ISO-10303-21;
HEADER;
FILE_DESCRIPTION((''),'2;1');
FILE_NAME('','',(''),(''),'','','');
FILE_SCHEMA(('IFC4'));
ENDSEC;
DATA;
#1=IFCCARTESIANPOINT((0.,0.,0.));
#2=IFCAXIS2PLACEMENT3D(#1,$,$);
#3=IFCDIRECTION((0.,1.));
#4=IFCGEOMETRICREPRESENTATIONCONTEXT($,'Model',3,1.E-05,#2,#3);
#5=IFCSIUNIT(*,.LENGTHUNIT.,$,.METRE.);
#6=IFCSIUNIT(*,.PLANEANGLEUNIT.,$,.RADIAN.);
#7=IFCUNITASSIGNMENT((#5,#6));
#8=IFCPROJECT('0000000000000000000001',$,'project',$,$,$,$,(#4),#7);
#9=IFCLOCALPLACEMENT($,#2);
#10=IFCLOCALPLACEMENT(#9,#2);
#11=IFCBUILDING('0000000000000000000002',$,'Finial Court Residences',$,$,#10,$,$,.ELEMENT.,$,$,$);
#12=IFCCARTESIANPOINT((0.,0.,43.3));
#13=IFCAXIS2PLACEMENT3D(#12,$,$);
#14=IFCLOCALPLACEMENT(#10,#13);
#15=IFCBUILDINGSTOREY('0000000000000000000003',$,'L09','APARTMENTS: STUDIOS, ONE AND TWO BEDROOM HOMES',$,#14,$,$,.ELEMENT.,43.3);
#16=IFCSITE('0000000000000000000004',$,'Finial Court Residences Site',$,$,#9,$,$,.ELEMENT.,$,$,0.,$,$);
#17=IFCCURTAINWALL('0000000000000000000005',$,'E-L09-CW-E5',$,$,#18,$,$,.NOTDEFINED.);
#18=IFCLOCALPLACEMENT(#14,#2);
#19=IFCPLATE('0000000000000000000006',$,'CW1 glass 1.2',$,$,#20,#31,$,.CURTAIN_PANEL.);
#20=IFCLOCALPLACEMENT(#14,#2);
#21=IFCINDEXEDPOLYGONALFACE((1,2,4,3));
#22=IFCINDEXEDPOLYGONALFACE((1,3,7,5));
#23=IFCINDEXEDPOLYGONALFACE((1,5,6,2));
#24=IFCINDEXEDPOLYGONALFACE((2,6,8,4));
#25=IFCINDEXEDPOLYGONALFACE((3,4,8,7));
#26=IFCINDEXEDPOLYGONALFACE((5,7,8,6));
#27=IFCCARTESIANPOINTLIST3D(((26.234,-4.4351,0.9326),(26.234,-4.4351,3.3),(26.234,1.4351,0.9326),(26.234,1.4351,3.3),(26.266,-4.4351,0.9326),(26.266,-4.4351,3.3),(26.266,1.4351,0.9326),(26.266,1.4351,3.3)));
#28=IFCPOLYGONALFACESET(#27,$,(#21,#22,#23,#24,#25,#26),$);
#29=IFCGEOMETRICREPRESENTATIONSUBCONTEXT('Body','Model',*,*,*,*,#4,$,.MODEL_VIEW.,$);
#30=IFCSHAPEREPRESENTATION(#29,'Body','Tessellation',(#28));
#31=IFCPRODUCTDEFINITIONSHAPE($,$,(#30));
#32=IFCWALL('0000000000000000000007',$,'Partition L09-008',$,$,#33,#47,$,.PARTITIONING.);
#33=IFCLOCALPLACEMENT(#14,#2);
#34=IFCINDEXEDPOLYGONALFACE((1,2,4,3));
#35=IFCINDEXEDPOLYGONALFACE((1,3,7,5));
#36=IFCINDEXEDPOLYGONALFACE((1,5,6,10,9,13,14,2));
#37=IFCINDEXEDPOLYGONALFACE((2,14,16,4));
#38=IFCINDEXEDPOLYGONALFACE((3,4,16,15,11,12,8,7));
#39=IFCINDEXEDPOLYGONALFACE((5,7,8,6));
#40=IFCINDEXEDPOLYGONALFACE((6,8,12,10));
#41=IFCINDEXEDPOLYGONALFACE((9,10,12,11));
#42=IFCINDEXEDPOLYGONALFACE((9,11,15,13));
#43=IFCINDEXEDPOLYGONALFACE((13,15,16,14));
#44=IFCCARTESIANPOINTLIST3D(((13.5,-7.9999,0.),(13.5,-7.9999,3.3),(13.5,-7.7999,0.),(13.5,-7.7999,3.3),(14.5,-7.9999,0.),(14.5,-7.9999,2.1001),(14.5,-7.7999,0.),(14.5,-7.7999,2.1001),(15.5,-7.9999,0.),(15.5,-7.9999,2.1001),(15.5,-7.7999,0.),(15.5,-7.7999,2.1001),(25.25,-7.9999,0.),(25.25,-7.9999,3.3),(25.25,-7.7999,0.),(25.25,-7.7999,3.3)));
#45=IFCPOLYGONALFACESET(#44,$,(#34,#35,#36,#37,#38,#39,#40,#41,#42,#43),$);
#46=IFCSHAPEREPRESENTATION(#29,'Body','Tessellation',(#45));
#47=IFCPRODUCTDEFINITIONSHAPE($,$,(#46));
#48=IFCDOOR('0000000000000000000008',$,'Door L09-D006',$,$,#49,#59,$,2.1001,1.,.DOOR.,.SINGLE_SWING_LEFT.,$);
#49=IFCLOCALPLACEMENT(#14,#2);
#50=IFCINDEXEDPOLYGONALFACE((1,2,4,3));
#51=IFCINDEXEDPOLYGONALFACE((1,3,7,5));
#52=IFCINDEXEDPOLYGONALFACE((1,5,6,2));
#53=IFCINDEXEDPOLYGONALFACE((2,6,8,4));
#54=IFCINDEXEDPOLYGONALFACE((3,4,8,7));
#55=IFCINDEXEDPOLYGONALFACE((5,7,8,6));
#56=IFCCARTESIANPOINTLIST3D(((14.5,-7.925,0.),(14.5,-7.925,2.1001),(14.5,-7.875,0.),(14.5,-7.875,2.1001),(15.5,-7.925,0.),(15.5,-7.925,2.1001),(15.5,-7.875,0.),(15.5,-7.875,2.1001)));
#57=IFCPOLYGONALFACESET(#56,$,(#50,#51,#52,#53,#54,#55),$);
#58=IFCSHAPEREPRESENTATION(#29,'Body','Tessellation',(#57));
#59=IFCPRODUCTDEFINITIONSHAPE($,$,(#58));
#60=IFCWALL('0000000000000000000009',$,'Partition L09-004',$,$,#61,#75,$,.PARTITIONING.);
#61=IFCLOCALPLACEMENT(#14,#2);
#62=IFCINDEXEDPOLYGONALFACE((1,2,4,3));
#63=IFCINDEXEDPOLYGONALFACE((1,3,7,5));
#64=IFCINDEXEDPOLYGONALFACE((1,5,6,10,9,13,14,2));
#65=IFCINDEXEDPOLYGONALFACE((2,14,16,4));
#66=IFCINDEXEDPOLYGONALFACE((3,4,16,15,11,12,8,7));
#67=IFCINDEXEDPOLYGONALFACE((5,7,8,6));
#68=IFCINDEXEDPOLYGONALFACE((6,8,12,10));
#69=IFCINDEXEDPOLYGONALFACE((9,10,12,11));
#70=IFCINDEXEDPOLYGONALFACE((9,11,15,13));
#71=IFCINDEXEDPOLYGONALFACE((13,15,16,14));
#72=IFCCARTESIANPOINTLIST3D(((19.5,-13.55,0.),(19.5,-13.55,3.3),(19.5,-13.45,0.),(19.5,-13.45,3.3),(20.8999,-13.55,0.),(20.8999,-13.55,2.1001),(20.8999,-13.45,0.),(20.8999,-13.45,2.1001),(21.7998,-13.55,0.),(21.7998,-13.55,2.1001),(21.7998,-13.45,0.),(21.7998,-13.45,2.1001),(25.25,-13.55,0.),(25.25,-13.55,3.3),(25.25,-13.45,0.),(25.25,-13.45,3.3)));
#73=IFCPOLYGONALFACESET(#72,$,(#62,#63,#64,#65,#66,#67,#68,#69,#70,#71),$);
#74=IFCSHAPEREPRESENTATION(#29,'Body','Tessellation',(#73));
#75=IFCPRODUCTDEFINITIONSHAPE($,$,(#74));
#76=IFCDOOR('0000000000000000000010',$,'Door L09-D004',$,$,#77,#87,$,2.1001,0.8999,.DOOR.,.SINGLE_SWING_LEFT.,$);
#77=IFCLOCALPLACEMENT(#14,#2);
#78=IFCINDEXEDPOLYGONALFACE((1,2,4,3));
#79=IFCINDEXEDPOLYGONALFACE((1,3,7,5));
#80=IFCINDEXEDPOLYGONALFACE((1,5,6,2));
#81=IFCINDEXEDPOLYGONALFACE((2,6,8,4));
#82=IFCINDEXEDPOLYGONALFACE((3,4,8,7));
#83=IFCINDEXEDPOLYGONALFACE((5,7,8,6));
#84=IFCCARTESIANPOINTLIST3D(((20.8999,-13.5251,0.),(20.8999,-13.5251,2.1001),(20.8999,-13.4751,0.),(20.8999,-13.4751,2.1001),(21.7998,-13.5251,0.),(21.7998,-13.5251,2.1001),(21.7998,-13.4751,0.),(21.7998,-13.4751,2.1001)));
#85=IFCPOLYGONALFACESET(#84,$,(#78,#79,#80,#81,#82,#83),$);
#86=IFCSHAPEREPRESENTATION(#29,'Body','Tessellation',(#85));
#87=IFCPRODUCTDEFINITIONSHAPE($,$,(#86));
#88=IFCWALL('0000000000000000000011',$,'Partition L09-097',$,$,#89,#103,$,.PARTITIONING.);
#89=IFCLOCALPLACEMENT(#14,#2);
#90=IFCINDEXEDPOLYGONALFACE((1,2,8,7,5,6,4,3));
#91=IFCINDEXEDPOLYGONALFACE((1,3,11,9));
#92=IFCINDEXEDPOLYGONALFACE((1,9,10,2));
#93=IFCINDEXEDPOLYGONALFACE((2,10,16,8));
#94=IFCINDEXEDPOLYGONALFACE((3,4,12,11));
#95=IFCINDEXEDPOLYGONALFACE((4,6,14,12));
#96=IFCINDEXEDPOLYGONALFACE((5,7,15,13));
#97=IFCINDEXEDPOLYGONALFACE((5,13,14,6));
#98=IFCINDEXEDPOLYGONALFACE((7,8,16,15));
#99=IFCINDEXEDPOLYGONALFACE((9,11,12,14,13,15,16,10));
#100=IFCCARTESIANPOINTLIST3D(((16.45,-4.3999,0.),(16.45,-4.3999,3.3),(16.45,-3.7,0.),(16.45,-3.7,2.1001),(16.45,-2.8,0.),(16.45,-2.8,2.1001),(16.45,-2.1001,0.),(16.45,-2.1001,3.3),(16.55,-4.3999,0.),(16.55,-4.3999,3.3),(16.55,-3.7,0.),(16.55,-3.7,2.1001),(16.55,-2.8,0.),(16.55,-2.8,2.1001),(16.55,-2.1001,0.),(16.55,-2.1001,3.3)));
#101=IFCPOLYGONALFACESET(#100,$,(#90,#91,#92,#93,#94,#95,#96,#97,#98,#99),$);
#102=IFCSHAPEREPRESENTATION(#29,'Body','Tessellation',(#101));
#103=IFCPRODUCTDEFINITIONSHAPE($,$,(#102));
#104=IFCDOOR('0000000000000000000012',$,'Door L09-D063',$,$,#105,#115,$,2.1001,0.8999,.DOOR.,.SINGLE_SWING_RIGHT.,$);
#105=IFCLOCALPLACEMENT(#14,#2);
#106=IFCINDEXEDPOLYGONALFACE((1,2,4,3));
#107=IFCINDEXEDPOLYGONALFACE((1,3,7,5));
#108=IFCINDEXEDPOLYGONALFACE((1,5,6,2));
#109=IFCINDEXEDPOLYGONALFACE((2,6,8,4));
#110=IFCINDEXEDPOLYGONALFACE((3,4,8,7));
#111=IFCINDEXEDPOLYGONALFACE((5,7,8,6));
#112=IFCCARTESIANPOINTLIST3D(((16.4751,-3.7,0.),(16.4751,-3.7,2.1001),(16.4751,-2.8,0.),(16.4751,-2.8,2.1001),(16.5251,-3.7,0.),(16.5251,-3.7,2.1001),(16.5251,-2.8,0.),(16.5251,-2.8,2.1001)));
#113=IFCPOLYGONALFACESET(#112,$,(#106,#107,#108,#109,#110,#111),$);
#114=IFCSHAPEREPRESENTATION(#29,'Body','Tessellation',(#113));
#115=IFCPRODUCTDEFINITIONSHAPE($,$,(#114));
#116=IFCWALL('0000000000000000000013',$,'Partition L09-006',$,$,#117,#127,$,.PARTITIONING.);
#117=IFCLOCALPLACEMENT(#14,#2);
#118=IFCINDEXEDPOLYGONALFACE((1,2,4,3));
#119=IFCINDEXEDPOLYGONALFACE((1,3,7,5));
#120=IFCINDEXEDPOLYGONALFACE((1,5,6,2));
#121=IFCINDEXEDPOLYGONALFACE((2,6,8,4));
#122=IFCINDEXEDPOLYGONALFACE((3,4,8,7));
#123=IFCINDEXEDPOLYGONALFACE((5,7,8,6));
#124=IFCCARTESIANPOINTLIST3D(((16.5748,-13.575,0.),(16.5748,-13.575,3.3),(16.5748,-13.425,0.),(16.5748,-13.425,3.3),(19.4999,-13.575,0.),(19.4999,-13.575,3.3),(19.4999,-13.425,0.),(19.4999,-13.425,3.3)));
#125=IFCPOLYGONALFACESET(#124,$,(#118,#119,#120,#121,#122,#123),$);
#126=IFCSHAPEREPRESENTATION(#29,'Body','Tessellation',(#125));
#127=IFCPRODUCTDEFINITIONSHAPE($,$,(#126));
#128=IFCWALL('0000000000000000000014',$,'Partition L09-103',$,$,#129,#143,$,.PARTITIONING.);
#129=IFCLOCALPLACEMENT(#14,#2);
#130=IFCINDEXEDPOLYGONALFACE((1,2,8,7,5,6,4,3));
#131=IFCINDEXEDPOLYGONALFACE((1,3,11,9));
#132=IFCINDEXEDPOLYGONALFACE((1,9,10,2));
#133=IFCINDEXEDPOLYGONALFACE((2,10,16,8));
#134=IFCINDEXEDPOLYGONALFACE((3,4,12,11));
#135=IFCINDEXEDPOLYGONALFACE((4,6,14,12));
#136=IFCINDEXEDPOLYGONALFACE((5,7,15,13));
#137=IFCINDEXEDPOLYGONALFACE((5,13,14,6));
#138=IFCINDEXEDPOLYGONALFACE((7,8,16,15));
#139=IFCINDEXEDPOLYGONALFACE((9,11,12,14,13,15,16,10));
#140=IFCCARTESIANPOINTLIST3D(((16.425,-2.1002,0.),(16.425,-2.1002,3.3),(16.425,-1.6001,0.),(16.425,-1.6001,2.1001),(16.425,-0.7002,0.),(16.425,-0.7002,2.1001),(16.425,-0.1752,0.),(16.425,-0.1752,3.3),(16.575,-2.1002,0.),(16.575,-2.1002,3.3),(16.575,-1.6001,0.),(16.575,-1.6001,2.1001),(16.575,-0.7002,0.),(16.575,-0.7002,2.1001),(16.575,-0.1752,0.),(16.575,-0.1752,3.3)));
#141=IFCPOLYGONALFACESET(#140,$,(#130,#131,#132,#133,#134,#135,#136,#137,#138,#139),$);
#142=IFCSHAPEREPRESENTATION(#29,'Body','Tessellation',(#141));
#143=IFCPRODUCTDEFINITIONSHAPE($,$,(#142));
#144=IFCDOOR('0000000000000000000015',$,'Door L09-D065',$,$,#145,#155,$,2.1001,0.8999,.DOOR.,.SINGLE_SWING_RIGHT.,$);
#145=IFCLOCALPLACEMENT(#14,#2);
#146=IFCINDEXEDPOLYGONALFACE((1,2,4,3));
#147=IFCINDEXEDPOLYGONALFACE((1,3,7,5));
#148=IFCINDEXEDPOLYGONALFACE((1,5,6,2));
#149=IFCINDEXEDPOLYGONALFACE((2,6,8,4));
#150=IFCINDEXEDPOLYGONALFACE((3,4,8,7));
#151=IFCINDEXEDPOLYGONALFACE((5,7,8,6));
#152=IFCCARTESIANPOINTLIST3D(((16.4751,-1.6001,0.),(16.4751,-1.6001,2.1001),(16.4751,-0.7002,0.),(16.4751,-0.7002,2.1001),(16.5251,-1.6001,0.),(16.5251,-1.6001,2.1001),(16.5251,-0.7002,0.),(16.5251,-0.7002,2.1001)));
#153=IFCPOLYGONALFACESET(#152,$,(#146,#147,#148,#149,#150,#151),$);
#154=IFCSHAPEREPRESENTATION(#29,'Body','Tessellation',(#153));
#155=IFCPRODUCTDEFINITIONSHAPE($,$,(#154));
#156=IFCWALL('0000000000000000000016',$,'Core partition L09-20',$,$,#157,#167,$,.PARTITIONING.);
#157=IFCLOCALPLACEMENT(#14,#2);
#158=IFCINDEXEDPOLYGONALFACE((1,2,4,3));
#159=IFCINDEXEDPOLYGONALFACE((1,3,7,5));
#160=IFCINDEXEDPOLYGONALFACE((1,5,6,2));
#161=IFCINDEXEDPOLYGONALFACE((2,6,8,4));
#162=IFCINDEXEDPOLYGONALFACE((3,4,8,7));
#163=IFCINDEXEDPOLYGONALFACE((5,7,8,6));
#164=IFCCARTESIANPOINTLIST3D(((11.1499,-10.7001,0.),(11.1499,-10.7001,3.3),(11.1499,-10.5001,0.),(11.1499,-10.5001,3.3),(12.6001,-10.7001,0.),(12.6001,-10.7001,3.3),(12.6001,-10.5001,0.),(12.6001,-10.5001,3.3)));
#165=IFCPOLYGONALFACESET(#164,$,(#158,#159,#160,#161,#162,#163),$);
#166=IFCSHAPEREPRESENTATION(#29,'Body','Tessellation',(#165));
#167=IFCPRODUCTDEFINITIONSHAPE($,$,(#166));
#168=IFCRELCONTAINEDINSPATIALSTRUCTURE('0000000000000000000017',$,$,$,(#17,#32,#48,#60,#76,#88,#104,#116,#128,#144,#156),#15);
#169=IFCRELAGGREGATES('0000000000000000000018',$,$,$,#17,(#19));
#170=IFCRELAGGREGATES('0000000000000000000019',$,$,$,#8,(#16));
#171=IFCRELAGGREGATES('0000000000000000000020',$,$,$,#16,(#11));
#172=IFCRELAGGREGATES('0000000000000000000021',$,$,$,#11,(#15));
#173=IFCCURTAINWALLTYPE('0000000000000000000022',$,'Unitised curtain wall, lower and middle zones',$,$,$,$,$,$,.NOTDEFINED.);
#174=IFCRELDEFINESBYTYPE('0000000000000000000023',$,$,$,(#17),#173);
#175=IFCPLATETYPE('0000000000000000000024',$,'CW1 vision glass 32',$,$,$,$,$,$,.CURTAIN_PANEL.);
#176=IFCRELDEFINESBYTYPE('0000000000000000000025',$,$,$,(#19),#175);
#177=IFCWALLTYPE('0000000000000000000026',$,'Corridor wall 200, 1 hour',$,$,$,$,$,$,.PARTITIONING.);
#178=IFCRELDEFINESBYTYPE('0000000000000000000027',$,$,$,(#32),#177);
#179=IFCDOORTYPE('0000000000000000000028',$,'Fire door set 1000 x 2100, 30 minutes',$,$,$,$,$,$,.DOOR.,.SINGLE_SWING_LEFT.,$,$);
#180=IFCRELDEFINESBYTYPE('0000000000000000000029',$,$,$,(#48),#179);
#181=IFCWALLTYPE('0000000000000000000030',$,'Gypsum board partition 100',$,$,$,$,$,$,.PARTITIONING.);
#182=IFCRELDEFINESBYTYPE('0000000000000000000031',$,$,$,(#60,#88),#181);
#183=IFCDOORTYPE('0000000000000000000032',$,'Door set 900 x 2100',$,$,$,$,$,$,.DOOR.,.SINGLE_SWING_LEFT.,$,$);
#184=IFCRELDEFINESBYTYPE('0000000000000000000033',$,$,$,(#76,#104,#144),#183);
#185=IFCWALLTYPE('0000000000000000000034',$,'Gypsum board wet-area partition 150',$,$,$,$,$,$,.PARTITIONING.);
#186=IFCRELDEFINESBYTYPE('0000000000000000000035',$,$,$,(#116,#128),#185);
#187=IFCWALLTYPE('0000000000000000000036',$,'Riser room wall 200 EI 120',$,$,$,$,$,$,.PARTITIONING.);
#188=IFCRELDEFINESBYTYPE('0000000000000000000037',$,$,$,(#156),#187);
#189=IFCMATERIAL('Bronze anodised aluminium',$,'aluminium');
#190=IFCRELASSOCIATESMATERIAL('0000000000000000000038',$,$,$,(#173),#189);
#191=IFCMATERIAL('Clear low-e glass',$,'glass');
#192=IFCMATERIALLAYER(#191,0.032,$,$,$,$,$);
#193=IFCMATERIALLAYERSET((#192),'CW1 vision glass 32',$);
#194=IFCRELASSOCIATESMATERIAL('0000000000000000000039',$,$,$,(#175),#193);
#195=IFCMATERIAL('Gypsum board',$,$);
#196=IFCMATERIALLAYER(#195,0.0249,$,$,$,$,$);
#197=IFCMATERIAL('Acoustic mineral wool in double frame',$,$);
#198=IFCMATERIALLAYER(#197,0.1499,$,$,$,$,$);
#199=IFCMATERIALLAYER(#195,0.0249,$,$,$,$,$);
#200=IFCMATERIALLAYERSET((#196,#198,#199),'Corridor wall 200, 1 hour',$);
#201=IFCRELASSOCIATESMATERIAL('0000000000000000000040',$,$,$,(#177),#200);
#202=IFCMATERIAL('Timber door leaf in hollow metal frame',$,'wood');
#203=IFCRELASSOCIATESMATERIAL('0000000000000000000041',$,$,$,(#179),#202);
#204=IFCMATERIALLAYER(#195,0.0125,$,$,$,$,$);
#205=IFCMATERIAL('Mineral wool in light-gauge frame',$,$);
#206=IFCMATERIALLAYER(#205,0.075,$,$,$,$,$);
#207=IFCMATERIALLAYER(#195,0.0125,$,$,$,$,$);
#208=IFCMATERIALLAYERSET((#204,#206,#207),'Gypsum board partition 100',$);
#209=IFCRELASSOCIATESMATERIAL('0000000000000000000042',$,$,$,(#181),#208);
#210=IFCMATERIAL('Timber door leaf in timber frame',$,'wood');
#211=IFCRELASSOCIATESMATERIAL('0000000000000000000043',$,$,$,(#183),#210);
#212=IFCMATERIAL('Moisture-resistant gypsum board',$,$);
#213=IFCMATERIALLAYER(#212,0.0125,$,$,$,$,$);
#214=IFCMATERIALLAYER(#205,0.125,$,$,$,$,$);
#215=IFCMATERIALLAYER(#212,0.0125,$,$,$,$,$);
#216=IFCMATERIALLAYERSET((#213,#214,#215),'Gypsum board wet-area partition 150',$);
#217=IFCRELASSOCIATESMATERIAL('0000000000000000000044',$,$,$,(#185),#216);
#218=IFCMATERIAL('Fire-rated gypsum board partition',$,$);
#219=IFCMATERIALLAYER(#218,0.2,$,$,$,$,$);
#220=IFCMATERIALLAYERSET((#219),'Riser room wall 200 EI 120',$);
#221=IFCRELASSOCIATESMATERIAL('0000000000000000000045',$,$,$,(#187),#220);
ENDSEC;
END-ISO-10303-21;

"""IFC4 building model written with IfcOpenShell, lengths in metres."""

from ifc_helpers import new_model, si_unit, direction, frame, frame_2d, origin, origin_2d, place, context, subcontext, project, spatial, rectangle, extrude, material, layer, layer_set, type_object, element, fill, aggregate, save


model = new_model("IFC4")

# Units and contexts
model_context = context("Model", 3, precision=1e-05, world=origin(), true_north=direction((0.0, 1.0)))
body_context = subcontext(model_context, "Body", "Model", "MODEL_VIEW")
ifc_project = project(units=[si_unit("LENGTHUNIT", "METRE"), si_unit("PLANEANGLEUNIT", "RADIAN")], contexts=[model_context])

# Site, building, storey
site_placement = place(None, origin())
site = spatial("IfcSite", under=ifc_project, at=site_placement, Name="Finial Court Residences Site", CompositionType="ELEMENT", RefElevation=0.0)
building_placement = place(site_placement, origin())
building = spatial("IfcBuilding", under=site, at=building_placement, Name="Finial Court Residences", CompositionType="ELEMENT")
storey_placement = place(building_placement, frame((0.0, 0.0, 43.3)))
storey = spatial("IfcBuildingStorey", under=building, at=storey_placement, Name="L09", Description="APARTMENTS: STUDIOS, ONE AND TWO BEDROOM HOMES", CompositionType="ELEMENT", Elevation=43.3)

# Curtain wall
ifc_material_1 = material(Name="Bronze anodised aluminium", Category="aluminium")
curtain_wall_type = type_object("IfcCurtainWallType", Name="Unitised curtain wall, lower and middle zones", PredefinedType="NOTDEFINED", material=ifc_material_1)
curtain_wall_1_placement = place(storey_placement, origin())
curtain_wall_1 = element("IfcCurtainWall", 1, at=curtain_wall_1_placement, inside=storey, type_object=curtain_wall_type, Name="E-L09-CW-E5", PredefinedType="NOTDEFINED")

# Plate
ifc_material_2 = material(Name="Clear low-e glass", Category="glass")
ifc_layer_1 = layer(ifc_material_2, 0.032)
ifc_layer_set_1 = layer_set([ifc_layer_1], Name="CW1 vision glass 32")
plate_type_1 = type_object("IfcPlateType", Name="CW1 vision glass 32", PredefinedType="CURTAIN_PANEL", material=ifc_layer_set_1)
plate_1_placement = place(storey_placement, frame((26.25, -1.5, 0.9326), z_axis=(0.0, 0.0, 1.0), x_axis=(0.0, 1.0, 0.0)))
plate_1 = element("IfcPlate", 2, at=plate_1_placement, type_object=plate_type_1, Name="CW1 glass 1.2", PredefinedType="CURTAIN_PANEL", context=body_context, shape_type="SweptSolid", body=[
    extrude(rectangle(XDim=5.8701, YDim=0.032, at=origin_2d()), origin(), (0.0, 0.0, 1.0), 2.3674),
])
aggregate(curtain_wall_1, [plate_1])

# Walls, openings, doors
ifc_material_3 = material(Name="Gypsum board")
ifc_layer_2 = layer(ifc_material_3, 0.0249)
ifc_material_4 = material(Name="Acoustic mineral wool in double frame")
ifc_layer_3 = layer(ifc_material_4, 0.1499)
ifc_layer_4 = layer(ifc_material_3, 0.0249)
ifc_layer_set_2 = layer_set([ifc_layer_2, ifc_layer_3, ifc_layer_4], Name="Corridor wall 200, 1 hour")
wall_type_1 = type_object("IfcWallType", Name="Corridor wall 200, 1 hour", PredefinedType="PARTITIONING", material=ifc_layer_set_2)
wall_1_placement = place(storey_placement, frame((13.5, -7.8999, 0.0), z_axis=(0.0, 0.0, 1.0), x_axis=(1.0, 0.0, 0.0)))
wall_1 = element("IfcWall", 3, at=wall_1_placement, inside=storey, type_object=wall_type_1, Name="Partition L09-008", PredefinedType="PARTITIONING", context=body_context, shape_type="SweptSolid", body=[
    extrude(rectangle(XDim=11.75, YDim=0.2, at=frame_2d((5.875, 0.0))), origin(), (0.0, 0.0, 1.0), 3.3),
])
opening_1_placement = place(wall_1_placement, frame((1.0, 0.0, 0.0)))
opening_1 = element("IfcOpeningElement", 4, at=opening_1_placement, cuts=wall_1, PredefinedType="OPENING", context=body_context, shape_type="SweptSolid", body=[
    extrude(rectangle(XDim=1.0, YDim=2.1001, at=frame_2d((0.5, 1.05))), frame((0.0, 0.1099, 0.0), z_axis=(0.0, -1.0, 0.0), x_axis=(1.0, 0.0, 0.0)), (0.0, 0.0, 1.0), 0.22),
])
ifc_material_5 = material(Name="Timber door leaf in hollow metal frame", Category="wood")
door_type_1 = type_object("IfcDoorType", Name="Fire door set 1000 x 2100, 30 minutes", OperationType="SINGLE_SWING_LEFT", PredefinedType="DOOR", material=ifc_material_5)
door_1_placement = place(opening_1_placement, origin())
door_1 = element("IfcDoor", 5, at=door_1_placement, inside=storey, type_object=door_type_1, Name="Door L09-D006", OperationType="SINGLE_SWING_LEFT", OverallHeight=2.1001, OverallWidth=1.0, PredefinedType="DOOR", context=body_context, shape_type="SweptSolid", body=[
    extrude(rectangle(XDim=1.0, YDim=2.1001, at=frame_2d((0.5, 1.05))), frame((0.0, 0.0249, 0.0), z_axis=(0.0, -1.0, 0.0), x_axis=(1.0, 0.0, 0.0)), (0.0, 0.0, 1.0), 0.05),
])
fill(opening_1, door_1)
ifc_layer_5 = layer(ifc_material_3, 0.0125)
ifc_material_6 = material(Name="Mineral wool in light-gauge frame")
ifc_layer_6 = layer(ifc_material_6, 0.075)
ifc_layer_7 = layer(ifc_material_3, 0.0125)
ifc_layer_set_3 = layer_set([ifc_layer_5, ifc_layer_6, ifc_layer_7], Name="Gypsum board partition 100")
wall_type_2 = type_object("IfcWallType", Name="Gypsum board partition 100", PredefinedType="PARTITIONING", material=ifc_layer_set_3)
wall_2_placement = place(storey_placement, frame((19.5, -13.5, 0.0), z_axis=(0.0, 0.0, 1.0), x_axis=(1.0, 0.0, 0.0)))
wall_2 = element("IfcWall", 6, at=wall_2_placement, inside=storey, type_object=wall_type_2, Name="Partition L09-004", PredefinedType="PARTITIONING", context=body_context, shape_type="SweptSolid", body=[
    extrude(rectangle(XDim=5.75, YDim=0.1001, at=frame_2d((2.875, 0.0))), origin(), (0.0, 0.0, 1.0), 3.3),
])
opening_2_placement = place(wall_2_placement, frame((1.3999, 0.0, 0.0)))
opening_2 = element("IfcOpeningElement", 7, at=opening_2_placement, cuts=wall_2, PredefinedType="OPENING", context=body_context, shape_type="SweptSolid", body=[
    extrude(rectangle(XDim=0.8999, YDim=2.1001, at=frame_2d((0.45, 1.05))), frame((0.0, 0.0601, 0.0), z_axis=(0.0, -1.0, 0.0), x_axis=(1.0, 0.0, 0.0)), (0.0, 0.0, 1.0), 0.1201),
])
ifc_material_7 = material(Name="Timber door leaf in timber frame", Category="wood")
door_type_2 = type_object("IfcDoorType", Name="Door set 900 x 2100", OperationType="SINGLE_SWING_LEFT", PredefinedType="DOOR", material=ifc_material_7)
door_2_placement = place(opening_2_placement, origin())
door_2 = element("IfcDoor", 8, at=door_2_placement, inside=storey, type_object=door_type_2, Name="Door L09-D004", OperationType="SINGLE_SWING_LEFT", OverallHeight=2.1001, OverallWidth=0.8999, PredefinedType="DOOR", context=body_context, shape_type="SweptSolid", body=[
    extrude(rectangle(XDim=0.8999, YDim=2.1001, at=frame_2d((0.45, 1.05))), frame((0.0, 0.0249, 0.0), z_axis=(0.0, -1.0, 0.0), x_axis=(1.0, 0.0, 0.0)), (0.0, 0.0, 1.0), 0.05),
])
fill(opening_2, door_2)
wall_3_placement = place(storey_placement, frame((16.5, -4.3999, 0.0), z_axis=(0.0, 0.0, 1.0), x_axis=(0.0, 1.0, 0.0)))
wall_3 = element("IfcWall", 9, at=wall_3_placement, inside=storey, type_object=wall_type_2, Name="Partition L09-097", PredefinedType="PARTITIONING", context=body_context, shape_type="SweptSolid", body=[
    extrude(rectangle(XDim=2.2998, YDim=0.1001, at=frame_2d((1.1499, 0.0))), origin(), (0.0, 0.0, 1.0), 3.3),
])
opening_3_placement = place(wall_3_placement, frame((0.7, 0.0, 0.0)))
opening_3 = element("IfcOpeningElement", 10, at=opening_3_placement, cuts=wall_3, PredefinedType="OPENING", context=body_context, shape_type="SweptSolid", body=[
    extrude(rectangle(XDim=0.8999, YDim=2.1001, at=frame_2d((0.45, 1.05))), frame((0.0, 0.0601, 0.0), z_axis=(0.0, -1.0, 0.0), x_axis=(1.0, 0.0, 0.0)), (0.0, 0.0, 1.0), 0.1201),
])
door_3_placement = place(opening_3_placement, origin())
door_3 = element("IfcDoor", 11, at=door_3_placement, inside=storey, type_object=door_type_2, Name="Door L09-D063", OperationType="SINGLE_SWING_RIGHT", OverallHeight=2.1001, OverallWidth=0.8999, PredefinedType="DOOR", context=body_context, shape_type="SweptSolid", body=[
    extrude(rectangle(XDim=0.8999, YDim=2.1001, at=frame_2d((0.45, 1.05))), frame((0.0, 0.0249, 0.0), z_axis=(0.0, -1.0, 0.0), x_axis=(1.0, 0.0, 0.0)), (0.0, 0.0, 1.0), 0.05),
])
fill(opening_3, door_3)

# Wall
ifc_material_8 = material(Name="Moisture-resistant gypsum board")
ifc_layer_8 = layer(ifc_material_8, 0.0125)
ifc_layer_9 = layer(ifc_material_6, 0.125)
ifc_layer_10 = layer(ifc_material_8, 0.0125)
ifc_layer_set_4 = layer_set([ifc_layer_8, ifc_layer_9, ifc_layer_10], Name="Gypsum board wet-area partition 150")
wall_type_3 = type_object("IfcWallType", Name="Gypsum board wet-area partition 150", PredefinedType="PARTITIONING", material=ifc_layer_set_4)
wall_4_placement = place(storey_placement, frame((16.575, -13.5, 0.0), z_axis=(0.0, 0.0, 1.0), x_axis=(1.0, 0.0, 0.0)))
element("IfcWall", 12, at=wall_4_placement, inside=storey, type_object=wall_type_3, Name="Partition L09-006", PredefinedType="PARTITIONING", context=body_context, shape_type="SweptSolid", body=[
    extrude(rectangle(XDim=2.925, YDim=0.1499, at=frame_2d((1.4624, 0.0))), origin(), (0.0, 0.0, 1.0), 3.3),
])

# Wall, opening, door
wall_5_placement = place(storey_placement, frame((16.5, -2.1001, 0.0), z_axis=(0.0, 0.0, 1.0), x_axis=(0.0, 1.0, 0.0)))
wall_5 = element("IfcWall", 13, at=wall_5_placement, inside=storey, type_object=wall_type_3, Name="Partition L09-103", PredefinedType="PARTITIONING", context=body_context, shape_type="SweptSolid", body=[
    extrude(rectangle(XDim=1.925, YDim=0.1499, at=frame_2d((0.9624, 0.0))), origin(), (0.0, 0.0, 1.0), 3.3),
])
opening_4_placement = place(wall_5_placement, frame((0.5, 0.0, 0.0)))
opening_4 = element("IfcOpeningElement", 14, at=opening_4_placement, cuts=wall_5, PredefinedType="OPENING", context=body_context, shape_type="SweptSolid", body=[
    extrude(rectangle(XDim=0.8999, YDim=2.1001, at=frame_2d((0.45, 1.05))), frame((0.0, 0.085, 0.0), z_axis=(0.0, -1.0, 0.0), x_axis=(1.0, 0.0, 0.0)), (0.0, 0.0, 1.0), 0.1699),
])
door_4_placement = place(opening_4_placement, origin())
door_4 = element("IfcDoor", 15, at=door_4_placement, inside=storey, type_object=door_type_2, Name="Door L09-D065", OperationType="SINGLE_SWING_RIGHT", OverallHeight=2.1001, OverallWidth=0.8999, PredefinedType="DOOR", context=body_context, shape_type="SweptSolid", body=[
    extrude(rectangle(XDim=0.8999, YDim=2.1001, at=frame_2d((0.45, 1.05))), frame((0.0, 0.0249, 0.0), z_axis=(0.0, -1.0, 0.0), x_axis=(1.0, 0.0, 0.0)), (0.0, 0.0, 1.0), 0.05),
])
fill(opening_4, door_4)

# Wall
ifc_material_9 = material(Name="Fire-rated gypsum board partition")
ifc_layer_11 = layer(ifc_material_9, 0.2)
ifc_layer_set_5 = layer_set([ifc_layer_11], Name="Riser room wall 200 EI 120")
wall_type_4 = type_object("IfcWallType", Name="Riser room wall 200 EI 120", PredefinedType="PARTITIONING", material=ifc_layer_set_5)
wall_6_placement = place(storey_placement, frame((11.1499, -10.6001, 0.0), z_axis=(0.0, 0.0, 1.0), x_axis=(1.0, 0.0, 0.0)))
element("IfcWall", 16, at=wall_6_placement, inside=storey, type_object=wall_type_4, Name="Core partition L09-20", PredefinedType="PARTITIONING", context=body_context, shape_type="SweptSolid", body=[
    extrude(rectangle(XDim=1.4502, YDim=0.2, at=frame_2d((0.7251, 0.0))), origin(), (0.0, 0.0, 1.0), 3.3),
])

save(model, "model.ifc")
